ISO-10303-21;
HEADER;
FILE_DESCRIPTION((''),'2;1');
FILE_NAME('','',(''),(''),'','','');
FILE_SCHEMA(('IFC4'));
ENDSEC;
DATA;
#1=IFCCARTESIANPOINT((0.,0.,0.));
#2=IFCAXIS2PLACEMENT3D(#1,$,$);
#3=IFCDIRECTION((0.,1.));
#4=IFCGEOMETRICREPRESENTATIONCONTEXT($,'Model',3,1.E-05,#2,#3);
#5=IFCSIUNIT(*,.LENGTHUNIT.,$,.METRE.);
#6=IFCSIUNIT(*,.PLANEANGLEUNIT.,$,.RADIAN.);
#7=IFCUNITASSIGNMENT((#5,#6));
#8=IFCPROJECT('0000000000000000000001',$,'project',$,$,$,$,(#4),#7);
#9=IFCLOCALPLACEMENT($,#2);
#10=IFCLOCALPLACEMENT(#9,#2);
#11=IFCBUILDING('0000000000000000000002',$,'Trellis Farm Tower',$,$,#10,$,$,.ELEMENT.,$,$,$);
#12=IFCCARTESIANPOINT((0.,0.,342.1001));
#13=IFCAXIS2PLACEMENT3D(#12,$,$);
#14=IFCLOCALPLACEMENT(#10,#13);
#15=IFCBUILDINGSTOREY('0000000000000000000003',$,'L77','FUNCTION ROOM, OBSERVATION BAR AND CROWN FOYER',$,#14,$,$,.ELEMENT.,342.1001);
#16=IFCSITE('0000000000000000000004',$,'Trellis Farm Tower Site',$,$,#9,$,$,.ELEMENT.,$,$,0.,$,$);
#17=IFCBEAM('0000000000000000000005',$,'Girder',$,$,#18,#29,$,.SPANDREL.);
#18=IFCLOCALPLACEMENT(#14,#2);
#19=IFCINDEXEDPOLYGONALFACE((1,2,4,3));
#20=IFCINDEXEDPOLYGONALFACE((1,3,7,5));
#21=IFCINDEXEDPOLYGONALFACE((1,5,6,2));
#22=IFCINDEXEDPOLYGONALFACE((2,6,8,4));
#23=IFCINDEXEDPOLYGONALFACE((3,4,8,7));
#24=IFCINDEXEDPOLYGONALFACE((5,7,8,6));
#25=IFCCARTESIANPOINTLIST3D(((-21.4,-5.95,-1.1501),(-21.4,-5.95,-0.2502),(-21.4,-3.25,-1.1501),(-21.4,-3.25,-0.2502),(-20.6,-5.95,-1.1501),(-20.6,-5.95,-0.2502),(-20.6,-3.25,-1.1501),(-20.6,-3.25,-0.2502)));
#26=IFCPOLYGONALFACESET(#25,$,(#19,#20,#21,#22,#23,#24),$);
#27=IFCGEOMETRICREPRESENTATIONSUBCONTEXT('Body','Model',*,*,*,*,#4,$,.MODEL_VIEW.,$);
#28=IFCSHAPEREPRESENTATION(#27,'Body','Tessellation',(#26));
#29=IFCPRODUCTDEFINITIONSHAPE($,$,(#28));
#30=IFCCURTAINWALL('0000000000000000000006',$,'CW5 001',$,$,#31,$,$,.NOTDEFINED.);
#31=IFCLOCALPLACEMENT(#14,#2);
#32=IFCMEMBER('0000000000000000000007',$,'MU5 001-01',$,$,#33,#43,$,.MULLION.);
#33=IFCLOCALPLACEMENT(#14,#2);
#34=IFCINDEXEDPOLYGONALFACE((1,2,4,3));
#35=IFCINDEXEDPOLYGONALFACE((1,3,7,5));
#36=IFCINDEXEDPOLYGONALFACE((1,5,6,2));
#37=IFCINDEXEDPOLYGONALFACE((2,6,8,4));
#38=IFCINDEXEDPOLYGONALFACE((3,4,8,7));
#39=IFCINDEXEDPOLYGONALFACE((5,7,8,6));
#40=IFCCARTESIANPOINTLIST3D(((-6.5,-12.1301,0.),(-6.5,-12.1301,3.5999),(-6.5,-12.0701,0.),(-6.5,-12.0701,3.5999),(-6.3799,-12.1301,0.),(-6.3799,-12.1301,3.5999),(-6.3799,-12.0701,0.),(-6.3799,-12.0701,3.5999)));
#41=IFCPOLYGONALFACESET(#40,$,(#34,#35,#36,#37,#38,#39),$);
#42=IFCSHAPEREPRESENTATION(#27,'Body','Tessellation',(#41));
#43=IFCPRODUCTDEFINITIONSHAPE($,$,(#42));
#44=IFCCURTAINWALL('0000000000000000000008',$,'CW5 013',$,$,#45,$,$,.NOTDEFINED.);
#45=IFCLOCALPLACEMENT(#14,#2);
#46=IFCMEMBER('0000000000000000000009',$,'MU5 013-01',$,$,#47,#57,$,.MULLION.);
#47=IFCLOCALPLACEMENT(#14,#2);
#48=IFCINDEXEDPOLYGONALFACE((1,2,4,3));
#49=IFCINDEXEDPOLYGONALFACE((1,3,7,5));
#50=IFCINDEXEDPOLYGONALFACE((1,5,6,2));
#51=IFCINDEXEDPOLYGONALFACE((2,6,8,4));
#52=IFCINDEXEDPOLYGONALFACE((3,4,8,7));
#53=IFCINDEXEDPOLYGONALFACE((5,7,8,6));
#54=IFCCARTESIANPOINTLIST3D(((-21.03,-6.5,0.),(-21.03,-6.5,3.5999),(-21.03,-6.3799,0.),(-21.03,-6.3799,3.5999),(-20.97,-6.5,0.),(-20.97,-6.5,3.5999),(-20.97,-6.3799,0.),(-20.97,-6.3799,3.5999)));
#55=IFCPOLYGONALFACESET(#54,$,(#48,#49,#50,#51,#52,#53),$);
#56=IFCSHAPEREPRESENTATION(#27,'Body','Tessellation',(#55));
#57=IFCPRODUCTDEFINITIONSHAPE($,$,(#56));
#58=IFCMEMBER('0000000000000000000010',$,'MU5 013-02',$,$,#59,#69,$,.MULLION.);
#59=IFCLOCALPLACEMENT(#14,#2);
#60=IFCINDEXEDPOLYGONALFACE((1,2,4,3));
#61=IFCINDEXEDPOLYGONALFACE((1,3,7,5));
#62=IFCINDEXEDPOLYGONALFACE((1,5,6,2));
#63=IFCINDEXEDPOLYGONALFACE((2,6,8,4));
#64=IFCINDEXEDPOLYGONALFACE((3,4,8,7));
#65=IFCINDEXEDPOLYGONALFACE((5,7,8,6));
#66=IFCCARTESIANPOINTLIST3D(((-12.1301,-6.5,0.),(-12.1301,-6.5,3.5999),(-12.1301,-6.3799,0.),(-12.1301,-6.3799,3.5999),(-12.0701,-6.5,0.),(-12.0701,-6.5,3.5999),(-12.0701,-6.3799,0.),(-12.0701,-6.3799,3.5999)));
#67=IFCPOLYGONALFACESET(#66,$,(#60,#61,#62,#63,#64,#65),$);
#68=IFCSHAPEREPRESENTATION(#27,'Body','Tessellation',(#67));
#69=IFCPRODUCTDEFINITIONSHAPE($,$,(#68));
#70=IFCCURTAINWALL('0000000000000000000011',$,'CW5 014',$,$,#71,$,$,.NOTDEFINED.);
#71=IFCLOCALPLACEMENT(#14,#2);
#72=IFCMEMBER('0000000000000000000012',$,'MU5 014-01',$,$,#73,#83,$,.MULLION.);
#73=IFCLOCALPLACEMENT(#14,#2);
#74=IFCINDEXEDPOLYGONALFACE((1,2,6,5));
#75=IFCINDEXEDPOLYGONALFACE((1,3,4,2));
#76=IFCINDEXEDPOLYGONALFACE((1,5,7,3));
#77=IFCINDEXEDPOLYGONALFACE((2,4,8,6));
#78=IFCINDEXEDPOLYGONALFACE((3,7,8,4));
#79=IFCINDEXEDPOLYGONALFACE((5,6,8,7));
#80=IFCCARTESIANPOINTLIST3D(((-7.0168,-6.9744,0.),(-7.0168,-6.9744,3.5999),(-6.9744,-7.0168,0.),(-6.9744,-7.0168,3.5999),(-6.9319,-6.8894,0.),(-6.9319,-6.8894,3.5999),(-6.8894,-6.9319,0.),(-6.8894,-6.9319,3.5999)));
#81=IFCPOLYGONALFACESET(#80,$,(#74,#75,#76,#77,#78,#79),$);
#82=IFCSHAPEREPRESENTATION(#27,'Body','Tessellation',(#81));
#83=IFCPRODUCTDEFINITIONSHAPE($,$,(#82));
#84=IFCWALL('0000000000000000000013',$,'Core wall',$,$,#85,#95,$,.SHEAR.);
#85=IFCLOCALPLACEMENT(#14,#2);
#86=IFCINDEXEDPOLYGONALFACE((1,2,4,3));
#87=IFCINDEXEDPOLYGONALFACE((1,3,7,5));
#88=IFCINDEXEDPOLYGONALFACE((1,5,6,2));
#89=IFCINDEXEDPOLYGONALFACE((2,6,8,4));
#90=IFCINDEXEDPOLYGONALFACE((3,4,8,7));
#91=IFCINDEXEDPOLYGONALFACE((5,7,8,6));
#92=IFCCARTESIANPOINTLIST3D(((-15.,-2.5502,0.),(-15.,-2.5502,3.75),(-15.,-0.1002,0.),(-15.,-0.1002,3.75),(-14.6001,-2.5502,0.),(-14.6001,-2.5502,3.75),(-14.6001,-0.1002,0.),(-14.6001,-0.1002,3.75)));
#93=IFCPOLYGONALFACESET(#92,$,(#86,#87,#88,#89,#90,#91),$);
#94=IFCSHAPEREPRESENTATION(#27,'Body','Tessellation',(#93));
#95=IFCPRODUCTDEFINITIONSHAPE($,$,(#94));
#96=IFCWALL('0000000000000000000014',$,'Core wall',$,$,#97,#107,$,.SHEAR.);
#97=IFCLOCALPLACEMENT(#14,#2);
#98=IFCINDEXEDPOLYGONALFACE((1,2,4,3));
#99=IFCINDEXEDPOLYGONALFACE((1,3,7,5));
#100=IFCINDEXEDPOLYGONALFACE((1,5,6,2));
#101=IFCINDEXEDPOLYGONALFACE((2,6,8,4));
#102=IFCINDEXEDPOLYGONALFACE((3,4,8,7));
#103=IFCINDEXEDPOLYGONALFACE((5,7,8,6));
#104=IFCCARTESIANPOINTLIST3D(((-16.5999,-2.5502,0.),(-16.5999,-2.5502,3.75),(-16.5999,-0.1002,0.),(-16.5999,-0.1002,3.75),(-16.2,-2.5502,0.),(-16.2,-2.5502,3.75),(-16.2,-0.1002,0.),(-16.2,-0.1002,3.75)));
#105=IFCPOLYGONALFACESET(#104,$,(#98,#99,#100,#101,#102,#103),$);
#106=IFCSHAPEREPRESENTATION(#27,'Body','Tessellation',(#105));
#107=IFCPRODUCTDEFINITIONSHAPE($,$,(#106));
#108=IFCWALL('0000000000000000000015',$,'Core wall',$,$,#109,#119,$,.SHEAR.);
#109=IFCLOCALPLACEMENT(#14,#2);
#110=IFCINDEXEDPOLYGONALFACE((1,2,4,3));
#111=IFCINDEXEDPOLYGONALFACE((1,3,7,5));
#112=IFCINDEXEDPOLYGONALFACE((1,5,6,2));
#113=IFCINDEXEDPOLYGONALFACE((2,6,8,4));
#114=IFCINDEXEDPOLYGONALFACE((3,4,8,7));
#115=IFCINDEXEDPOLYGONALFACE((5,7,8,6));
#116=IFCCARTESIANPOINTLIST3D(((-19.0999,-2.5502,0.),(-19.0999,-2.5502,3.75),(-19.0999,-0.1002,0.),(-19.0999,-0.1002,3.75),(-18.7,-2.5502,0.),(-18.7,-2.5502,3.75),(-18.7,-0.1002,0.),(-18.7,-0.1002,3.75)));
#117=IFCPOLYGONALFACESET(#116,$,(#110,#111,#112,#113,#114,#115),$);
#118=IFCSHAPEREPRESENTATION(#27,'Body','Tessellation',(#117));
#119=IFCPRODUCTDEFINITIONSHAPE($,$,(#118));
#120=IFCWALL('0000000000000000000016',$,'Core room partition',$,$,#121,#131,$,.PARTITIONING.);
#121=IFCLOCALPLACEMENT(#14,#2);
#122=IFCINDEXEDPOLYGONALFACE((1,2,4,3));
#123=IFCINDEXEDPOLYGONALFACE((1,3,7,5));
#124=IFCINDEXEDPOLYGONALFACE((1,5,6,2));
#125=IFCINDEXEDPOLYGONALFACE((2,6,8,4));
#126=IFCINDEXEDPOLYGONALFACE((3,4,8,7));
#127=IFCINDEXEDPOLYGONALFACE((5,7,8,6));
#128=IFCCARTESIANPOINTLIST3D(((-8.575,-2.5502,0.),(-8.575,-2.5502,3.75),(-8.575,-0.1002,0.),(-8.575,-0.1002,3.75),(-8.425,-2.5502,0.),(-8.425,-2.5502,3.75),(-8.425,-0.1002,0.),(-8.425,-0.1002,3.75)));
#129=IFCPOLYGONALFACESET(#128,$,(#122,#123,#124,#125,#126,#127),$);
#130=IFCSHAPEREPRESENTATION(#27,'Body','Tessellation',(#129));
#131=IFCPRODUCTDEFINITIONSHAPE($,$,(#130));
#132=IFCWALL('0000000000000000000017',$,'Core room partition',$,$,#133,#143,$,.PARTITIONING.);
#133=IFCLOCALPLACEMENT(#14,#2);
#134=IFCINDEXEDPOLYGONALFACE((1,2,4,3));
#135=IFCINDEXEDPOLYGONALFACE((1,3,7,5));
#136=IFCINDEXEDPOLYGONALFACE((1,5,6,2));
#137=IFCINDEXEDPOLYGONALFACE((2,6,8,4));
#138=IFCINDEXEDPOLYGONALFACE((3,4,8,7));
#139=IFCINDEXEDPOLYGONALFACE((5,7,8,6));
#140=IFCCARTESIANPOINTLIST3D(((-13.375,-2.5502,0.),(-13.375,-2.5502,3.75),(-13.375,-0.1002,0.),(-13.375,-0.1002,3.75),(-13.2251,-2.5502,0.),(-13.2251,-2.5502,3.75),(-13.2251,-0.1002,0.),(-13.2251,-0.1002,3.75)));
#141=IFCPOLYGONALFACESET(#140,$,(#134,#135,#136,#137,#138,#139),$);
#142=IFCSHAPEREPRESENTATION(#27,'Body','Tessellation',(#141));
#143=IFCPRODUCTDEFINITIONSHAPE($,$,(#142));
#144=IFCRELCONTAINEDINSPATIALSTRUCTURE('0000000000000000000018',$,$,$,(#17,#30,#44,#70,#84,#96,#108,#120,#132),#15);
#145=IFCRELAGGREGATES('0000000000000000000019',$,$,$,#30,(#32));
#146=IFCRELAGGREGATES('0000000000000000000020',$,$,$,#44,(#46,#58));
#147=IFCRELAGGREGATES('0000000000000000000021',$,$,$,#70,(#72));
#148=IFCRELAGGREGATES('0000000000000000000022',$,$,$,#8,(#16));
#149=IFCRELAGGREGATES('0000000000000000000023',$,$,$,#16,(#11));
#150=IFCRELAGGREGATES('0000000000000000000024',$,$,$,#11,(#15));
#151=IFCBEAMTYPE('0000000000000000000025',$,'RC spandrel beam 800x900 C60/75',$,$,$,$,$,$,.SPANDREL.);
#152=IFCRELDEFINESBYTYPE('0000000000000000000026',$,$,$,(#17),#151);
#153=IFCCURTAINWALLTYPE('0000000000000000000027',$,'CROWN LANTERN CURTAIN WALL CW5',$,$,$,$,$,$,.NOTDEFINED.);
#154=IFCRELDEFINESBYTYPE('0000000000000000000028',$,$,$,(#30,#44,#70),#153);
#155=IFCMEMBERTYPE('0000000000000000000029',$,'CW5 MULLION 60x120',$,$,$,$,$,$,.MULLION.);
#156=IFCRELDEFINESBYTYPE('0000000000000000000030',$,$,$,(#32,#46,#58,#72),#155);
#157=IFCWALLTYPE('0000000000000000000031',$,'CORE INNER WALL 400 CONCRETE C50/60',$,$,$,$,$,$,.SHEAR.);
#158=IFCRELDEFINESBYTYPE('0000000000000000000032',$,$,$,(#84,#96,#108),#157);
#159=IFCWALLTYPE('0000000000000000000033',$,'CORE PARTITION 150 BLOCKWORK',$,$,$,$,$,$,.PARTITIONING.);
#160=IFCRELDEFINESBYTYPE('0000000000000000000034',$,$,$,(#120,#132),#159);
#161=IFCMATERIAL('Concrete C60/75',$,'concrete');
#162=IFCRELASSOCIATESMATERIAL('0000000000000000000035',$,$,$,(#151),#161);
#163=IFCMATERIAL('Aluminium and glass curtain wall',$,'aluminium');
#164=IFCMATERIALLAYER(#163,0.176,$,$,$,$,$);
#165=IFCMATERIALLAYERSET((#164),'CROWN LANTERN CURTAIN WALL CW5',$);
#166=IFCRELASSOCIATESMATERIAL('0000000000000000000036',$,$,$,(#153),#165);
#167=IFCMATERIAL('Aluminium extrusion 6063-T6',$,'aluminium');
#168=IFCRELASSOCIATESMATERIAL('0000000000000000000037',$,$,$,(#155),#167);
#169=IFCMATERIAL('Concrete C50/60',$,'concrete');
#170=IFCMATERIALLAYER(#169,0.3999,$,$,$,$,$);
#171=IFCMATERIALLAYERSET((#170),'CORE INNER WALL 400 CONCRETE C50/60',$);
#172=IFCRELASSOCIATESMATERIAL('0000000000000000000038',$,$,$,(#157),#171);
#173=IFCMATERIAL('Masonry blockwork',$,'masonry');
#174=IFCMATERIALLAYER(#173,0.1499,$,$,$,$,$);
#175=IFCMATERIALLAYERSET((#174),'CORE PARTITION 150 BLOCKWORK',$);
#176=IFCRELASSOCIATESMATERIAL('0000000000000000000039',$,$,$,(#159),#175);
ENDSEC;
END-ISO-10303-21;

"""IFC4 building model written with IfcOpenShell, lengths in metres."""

from ifc_helpers import new_model, si_unit, direction, frame, frame_2d, origin, origin_2d, place, context, subcontext, project, spatial, rectangle, extrude, source, transform, mapped, material, layer, layer_set, material_profile, profile_set, type_object, element, aggregate, save


model = new_model("IFC4")

# Units and contexts
model_context = context("Model", 3, precision=1e-05, world=origin(), true_north=direction((0.0, 1.0)))
body_context = subcontext(model_context, "Body", "Model", "MODEL_VIEW")
ifc_project = project(units=[si_unit("LENGTHUNIT", "METRE"), si_unit("PLANEANGLEUNIT", "RADIAN")], contexts=[model_context])

# Site, building, storey
site_placement = place(None, origin())
site = spatial("IfcSite", under=ifc_project, at=site_placement, Name="Trellis Farm Tower Site", CompositionType="ELEMENT", RefElevation=0.0)
building_placement = place(site_placement, origin())
building = spatial("IfcBuilding", under=site, at=building_placement, Name="Trellis Farm Tower", CompositionType="ELEMENT")
storey_placement = place(building_placement, frame((0.0, 0.0, 342.1001)))
storey = spatial("IfcBuildingStorey", under=building, at=storey_placement, Name="L77", Description="FUNCTION ROOM, OBSERVATION BAR AND CROWN FOYER", CompositionType="ELEMENT", Elevation=342.1001)

# Shared definitions
ifc_material_1 = material(Name="Concrete C50/60", Category="concrete")

# Beam
ifc_material_2 = material(Name="Concrete C60/75", Category="concrete")
ifc_material_profile_1 = material_profile(ifc_material_2, rectangle(XDim=0.8, YDim=0.8999, at=origin_2d()), Name="RC spandrel beam 800x900 C60/75")
ifc_profile_set_1 = profile_set([ifc_material_profile_1], Name="Concrete C60/75")
beam_type_1 = type_object("IfcBeamType", Name="RC spandrel beam 800x900 C60/75", PredefinedType="SPANDREL", material=ifc_profile_set_1)
shared_shape_1 = source(origin(), body_context, "Body", "SweptSolid", [
    extrude(rectangle(XDim=0.8, YDim=0.8999, at=origin_2d()), origin(), (0.0, 0.0, 1.0), 2.7),
])
beam_1_placement = place(storey_placement, frame((-21.0, -5.95, -0.7002), z_axis=(0.0, 1.0, 0.0), x_axis=(-1.0, 0.0, 0.0)))
element("IfcBeam", 1, at=beam_1_placement, inside=storey, type_object=beam_type_1, Name="Girder", PredefinedType="SPANDREL", context=body_context, shape_type="MappedRepresentation", body=[
    mapped(shared_shape_1, transform((0.0, 0.0, 0.0))),
])

# Curtain wall, member
ifc_material_3 = material(Name="Aluminium and glass curtain wall", Category="aluminium")
ifc_layer_1 = layer(ifc_material_3, 0.176)
ifc_layer_set_1 = layer_set([ifc_layer_1], Name="CROWN LANTERN CURTAIN WALL CW5")
curtain_wall_type = type_object("IfcCurtainWallType", Name="CROWN LANTERN CURTAIN WALL CW5", PredefinedType="NOTDEFINED", material=ifc_layer_set_1)
placement = place(storey_placement, origin())
curtain_wall_1 = element("IfcCurtainWall", 2, at=placement, inside=storey, type_object=curtain_wall_type, Name="CW5 001", PredefinedType="NOTDEFINED")
ifc_material_4 = material(Name="Aluminium extrusion 6063-T6", Category="aluminium")
ifc_material_profile_2 = material_profile(ifc_material_4, rectangle(XDim=0.0601, YDim=0.1201, at=origin_2d()), Name="MULLION 60x120")
ifc_profile_set_2 = profile_set([ifc_material_profile_2], Name="Aluminium extrusion 6063-T6")
member_type = type_object("IfcMemberType", Name="CW5 MULLION 60x120", PredefinedType="MULLION", material=ifc_profile_set_2)
shared_shape_2 = source(origin(), body_context, "Body", "SweptSolid", [
    extrude(rectangle(XDim=0.0601, YDim=0.1201, at=origin_2d()), origin(), (0.0, 0.0, 1.0), 3.5999),
])
member_1_placement = place(storey_placement, frame((-6.4399, -12.1001, 0.0), z_axis=(0.0, 0.0, 1.0), x_axis=(0.0, -1.0, 0.0)))
member_1 = element("IfcMember", 3, at=member_1_placement, type_object=member_type, Name="MU5 001-01", PredefinedType="MULLION", context=body_context, shape_type="MappedRepresentation", body=[
    mapped(shared_shape_2, transform((0.0, 0.0, 0.0))),
])
aggregate(curtain_wall_1, [member_1])

# Curtain wall, members
curtain_wall_2 = element("IfcCurtainWall", 4, at=placement, inside=storey, type_object=curtain_wall_type, Name="CW5 013", PredefinedType="NOTDEFINED")
member_2_placement = place(storey_placement, frame((-21.0, -6.4399, 0.0), z_axis=(0.0, 0.0, 1.0), x_axis=(1.0, 0.0, 0.0)))
member_2 = element("IfcMember", 5, at=member_2_placement, type_object=member_type, Name="MU5 013-01", PredefinedType="MULLION", context=body_context, shape_type="MappedRepresentation", body=[
    mapped(shared_shape_2, transform((0.0, 0.0, 0.0))),
])
member_3_placement = place(storey_placement, frame((-12.1001, -6.4399, 0.0), z_axis=(0.0, 0.0, 1.0), x_axis=(1.0, 0.0, 0.0)))
member_3 = element("IfcMember", 6, at=member_3_placement, type_object=member_type, Name="MU5 013-02", PredefinedType="MULLION", context=body_context, shape_type="MappedRepresentation", body=[
    mapped(shared_shape_2, transform((0.0, 0.0, 0.0))),
])
aggregate(curtain_wall_2, [member_2, member_3])

# Curtain wall, member
curtain_wall_3 = element("IfcCurtainWall", 7, at=placement, inside=storey, type_object=curtain_wall_type, Name="CW5 014", PredefinedType="NOTDEFINED")
member_4_placement = place(storey_placement, frame((-6.9531, -6.9531, 0.0), z_axis=(0.0, 0.0, 1.0), x_axis=(0.707107, -0.707107, 0.0)))
member_4 = element("IfcMember", 8, at=member_4_placement, type_object=member_type, Name="MU5 014-01", PredefinedType="MULLION", context=body_context, shape_type="MappedRepresentation", body=[
    mapped(shared_shape_2, transform((0.0, 0.0, 0.0))),
])
aggregate(curtain_wall_3, [member_4])

# Walls
ifc_layer_2 = layer(ifc_material_1, 0.3999)
ifc_layer_set_2 = layer_set([ifc_layer_2], Name="CORE INNER WALL 400 CONCRETE C50/60")
wall_type_1 = type_object("IfcWallType", Name="CORE INNER WALL 400 CONCRETE C50/60", PredefinedType="SHEAR", material=ifc_layer_set_2)
shared_shape_3 = source(origin(), body_context, "Body", "SweptSolid", [
    extrude(rectangle(XDim=2.45, YDim=0.3999, at=frame_2d((1.2251, 0.0))), origin(), (0.0, 0.0, 1.0), 3.75),
])
for number, where, z_axis, x_axis, name in (
    (9, (-14.8, -0.1001, 0.0), (0.0, 0.0, 1.0), (0.0, -1.0, 0.0), "Core wall"),
    (10, (-16.3999, -0.1001, 0.0), (0.0, 0.0, 1.0), (0.0, -1.0, 0.0), "Core wall"),
    (11, (-18.8999, -0.1001, 0.0), (0.0, 0.0, 1.0), (0.0, -1.0, 0.0), "Core wall"),
):
    element("IfcWall", number, at=place(storey_placement, frame(where, z_axis=z_axis, x_axis=x_axis)), inside=storey, type_object=wall_type_1, Name=name, PredefinedType="SHEAR", context=body_context, shape_type="MappedRepresentation", body=[
        mapped(shared_shape_3, transform((0.0, 0.0, 0.0))),
    ])
ifc_material_5 = material(Name="Masonry blockwork", Category="masonry")
ifc_layer_3 = layer(ifc_material_5, 0.1499)
ifc_layer_set_3 = layer_set([ifc_layer_3], Name="CORE PARTITION 150 BLOCKWORK")
wall_type_2 = type_object("IfcWallType", Name="CORE PARTITION 150 BLOCKWORK", PredefinedType="PARTITIONING", material=ifc_layer_set_3)
shared_shape_4 = source(origin(), body_context, "Body", "SweptSolid", [
    extrude(rectangle(XDim=2.45, YDim=0.1499, at=frame_2d((1.2251, 0.0))), origin(), (0.0, 0.0, 1.0), 3.75),
])
for number, where, z_axis, x_axis, name in (
    (12, (-8.5, -0.1001, 0.0), (0.0, 0.0, 1.0), (0.0, -1.0, 0.0), "Core room partition"),
    (13, (-13.3, -0.1001, 0.0), (0.0, 0.0, 1.0), (0.0, -1.0, 0.0), "Core room partition"),
):
    element("IfcWall", number, at=place(storey_placement, frame(where, z_axis=z_axis, x_axis=x_axis)), inside=storey, type_object=wall_type_2, Name=name, PredefinedType="PARTITIONING", context=body_context, shape_type="MappedRepresentation", body=[
        mapped(shared_shape_4, transform((0.0, 0.0, 0.0))),
    ])

save(model, "model.ifc")
